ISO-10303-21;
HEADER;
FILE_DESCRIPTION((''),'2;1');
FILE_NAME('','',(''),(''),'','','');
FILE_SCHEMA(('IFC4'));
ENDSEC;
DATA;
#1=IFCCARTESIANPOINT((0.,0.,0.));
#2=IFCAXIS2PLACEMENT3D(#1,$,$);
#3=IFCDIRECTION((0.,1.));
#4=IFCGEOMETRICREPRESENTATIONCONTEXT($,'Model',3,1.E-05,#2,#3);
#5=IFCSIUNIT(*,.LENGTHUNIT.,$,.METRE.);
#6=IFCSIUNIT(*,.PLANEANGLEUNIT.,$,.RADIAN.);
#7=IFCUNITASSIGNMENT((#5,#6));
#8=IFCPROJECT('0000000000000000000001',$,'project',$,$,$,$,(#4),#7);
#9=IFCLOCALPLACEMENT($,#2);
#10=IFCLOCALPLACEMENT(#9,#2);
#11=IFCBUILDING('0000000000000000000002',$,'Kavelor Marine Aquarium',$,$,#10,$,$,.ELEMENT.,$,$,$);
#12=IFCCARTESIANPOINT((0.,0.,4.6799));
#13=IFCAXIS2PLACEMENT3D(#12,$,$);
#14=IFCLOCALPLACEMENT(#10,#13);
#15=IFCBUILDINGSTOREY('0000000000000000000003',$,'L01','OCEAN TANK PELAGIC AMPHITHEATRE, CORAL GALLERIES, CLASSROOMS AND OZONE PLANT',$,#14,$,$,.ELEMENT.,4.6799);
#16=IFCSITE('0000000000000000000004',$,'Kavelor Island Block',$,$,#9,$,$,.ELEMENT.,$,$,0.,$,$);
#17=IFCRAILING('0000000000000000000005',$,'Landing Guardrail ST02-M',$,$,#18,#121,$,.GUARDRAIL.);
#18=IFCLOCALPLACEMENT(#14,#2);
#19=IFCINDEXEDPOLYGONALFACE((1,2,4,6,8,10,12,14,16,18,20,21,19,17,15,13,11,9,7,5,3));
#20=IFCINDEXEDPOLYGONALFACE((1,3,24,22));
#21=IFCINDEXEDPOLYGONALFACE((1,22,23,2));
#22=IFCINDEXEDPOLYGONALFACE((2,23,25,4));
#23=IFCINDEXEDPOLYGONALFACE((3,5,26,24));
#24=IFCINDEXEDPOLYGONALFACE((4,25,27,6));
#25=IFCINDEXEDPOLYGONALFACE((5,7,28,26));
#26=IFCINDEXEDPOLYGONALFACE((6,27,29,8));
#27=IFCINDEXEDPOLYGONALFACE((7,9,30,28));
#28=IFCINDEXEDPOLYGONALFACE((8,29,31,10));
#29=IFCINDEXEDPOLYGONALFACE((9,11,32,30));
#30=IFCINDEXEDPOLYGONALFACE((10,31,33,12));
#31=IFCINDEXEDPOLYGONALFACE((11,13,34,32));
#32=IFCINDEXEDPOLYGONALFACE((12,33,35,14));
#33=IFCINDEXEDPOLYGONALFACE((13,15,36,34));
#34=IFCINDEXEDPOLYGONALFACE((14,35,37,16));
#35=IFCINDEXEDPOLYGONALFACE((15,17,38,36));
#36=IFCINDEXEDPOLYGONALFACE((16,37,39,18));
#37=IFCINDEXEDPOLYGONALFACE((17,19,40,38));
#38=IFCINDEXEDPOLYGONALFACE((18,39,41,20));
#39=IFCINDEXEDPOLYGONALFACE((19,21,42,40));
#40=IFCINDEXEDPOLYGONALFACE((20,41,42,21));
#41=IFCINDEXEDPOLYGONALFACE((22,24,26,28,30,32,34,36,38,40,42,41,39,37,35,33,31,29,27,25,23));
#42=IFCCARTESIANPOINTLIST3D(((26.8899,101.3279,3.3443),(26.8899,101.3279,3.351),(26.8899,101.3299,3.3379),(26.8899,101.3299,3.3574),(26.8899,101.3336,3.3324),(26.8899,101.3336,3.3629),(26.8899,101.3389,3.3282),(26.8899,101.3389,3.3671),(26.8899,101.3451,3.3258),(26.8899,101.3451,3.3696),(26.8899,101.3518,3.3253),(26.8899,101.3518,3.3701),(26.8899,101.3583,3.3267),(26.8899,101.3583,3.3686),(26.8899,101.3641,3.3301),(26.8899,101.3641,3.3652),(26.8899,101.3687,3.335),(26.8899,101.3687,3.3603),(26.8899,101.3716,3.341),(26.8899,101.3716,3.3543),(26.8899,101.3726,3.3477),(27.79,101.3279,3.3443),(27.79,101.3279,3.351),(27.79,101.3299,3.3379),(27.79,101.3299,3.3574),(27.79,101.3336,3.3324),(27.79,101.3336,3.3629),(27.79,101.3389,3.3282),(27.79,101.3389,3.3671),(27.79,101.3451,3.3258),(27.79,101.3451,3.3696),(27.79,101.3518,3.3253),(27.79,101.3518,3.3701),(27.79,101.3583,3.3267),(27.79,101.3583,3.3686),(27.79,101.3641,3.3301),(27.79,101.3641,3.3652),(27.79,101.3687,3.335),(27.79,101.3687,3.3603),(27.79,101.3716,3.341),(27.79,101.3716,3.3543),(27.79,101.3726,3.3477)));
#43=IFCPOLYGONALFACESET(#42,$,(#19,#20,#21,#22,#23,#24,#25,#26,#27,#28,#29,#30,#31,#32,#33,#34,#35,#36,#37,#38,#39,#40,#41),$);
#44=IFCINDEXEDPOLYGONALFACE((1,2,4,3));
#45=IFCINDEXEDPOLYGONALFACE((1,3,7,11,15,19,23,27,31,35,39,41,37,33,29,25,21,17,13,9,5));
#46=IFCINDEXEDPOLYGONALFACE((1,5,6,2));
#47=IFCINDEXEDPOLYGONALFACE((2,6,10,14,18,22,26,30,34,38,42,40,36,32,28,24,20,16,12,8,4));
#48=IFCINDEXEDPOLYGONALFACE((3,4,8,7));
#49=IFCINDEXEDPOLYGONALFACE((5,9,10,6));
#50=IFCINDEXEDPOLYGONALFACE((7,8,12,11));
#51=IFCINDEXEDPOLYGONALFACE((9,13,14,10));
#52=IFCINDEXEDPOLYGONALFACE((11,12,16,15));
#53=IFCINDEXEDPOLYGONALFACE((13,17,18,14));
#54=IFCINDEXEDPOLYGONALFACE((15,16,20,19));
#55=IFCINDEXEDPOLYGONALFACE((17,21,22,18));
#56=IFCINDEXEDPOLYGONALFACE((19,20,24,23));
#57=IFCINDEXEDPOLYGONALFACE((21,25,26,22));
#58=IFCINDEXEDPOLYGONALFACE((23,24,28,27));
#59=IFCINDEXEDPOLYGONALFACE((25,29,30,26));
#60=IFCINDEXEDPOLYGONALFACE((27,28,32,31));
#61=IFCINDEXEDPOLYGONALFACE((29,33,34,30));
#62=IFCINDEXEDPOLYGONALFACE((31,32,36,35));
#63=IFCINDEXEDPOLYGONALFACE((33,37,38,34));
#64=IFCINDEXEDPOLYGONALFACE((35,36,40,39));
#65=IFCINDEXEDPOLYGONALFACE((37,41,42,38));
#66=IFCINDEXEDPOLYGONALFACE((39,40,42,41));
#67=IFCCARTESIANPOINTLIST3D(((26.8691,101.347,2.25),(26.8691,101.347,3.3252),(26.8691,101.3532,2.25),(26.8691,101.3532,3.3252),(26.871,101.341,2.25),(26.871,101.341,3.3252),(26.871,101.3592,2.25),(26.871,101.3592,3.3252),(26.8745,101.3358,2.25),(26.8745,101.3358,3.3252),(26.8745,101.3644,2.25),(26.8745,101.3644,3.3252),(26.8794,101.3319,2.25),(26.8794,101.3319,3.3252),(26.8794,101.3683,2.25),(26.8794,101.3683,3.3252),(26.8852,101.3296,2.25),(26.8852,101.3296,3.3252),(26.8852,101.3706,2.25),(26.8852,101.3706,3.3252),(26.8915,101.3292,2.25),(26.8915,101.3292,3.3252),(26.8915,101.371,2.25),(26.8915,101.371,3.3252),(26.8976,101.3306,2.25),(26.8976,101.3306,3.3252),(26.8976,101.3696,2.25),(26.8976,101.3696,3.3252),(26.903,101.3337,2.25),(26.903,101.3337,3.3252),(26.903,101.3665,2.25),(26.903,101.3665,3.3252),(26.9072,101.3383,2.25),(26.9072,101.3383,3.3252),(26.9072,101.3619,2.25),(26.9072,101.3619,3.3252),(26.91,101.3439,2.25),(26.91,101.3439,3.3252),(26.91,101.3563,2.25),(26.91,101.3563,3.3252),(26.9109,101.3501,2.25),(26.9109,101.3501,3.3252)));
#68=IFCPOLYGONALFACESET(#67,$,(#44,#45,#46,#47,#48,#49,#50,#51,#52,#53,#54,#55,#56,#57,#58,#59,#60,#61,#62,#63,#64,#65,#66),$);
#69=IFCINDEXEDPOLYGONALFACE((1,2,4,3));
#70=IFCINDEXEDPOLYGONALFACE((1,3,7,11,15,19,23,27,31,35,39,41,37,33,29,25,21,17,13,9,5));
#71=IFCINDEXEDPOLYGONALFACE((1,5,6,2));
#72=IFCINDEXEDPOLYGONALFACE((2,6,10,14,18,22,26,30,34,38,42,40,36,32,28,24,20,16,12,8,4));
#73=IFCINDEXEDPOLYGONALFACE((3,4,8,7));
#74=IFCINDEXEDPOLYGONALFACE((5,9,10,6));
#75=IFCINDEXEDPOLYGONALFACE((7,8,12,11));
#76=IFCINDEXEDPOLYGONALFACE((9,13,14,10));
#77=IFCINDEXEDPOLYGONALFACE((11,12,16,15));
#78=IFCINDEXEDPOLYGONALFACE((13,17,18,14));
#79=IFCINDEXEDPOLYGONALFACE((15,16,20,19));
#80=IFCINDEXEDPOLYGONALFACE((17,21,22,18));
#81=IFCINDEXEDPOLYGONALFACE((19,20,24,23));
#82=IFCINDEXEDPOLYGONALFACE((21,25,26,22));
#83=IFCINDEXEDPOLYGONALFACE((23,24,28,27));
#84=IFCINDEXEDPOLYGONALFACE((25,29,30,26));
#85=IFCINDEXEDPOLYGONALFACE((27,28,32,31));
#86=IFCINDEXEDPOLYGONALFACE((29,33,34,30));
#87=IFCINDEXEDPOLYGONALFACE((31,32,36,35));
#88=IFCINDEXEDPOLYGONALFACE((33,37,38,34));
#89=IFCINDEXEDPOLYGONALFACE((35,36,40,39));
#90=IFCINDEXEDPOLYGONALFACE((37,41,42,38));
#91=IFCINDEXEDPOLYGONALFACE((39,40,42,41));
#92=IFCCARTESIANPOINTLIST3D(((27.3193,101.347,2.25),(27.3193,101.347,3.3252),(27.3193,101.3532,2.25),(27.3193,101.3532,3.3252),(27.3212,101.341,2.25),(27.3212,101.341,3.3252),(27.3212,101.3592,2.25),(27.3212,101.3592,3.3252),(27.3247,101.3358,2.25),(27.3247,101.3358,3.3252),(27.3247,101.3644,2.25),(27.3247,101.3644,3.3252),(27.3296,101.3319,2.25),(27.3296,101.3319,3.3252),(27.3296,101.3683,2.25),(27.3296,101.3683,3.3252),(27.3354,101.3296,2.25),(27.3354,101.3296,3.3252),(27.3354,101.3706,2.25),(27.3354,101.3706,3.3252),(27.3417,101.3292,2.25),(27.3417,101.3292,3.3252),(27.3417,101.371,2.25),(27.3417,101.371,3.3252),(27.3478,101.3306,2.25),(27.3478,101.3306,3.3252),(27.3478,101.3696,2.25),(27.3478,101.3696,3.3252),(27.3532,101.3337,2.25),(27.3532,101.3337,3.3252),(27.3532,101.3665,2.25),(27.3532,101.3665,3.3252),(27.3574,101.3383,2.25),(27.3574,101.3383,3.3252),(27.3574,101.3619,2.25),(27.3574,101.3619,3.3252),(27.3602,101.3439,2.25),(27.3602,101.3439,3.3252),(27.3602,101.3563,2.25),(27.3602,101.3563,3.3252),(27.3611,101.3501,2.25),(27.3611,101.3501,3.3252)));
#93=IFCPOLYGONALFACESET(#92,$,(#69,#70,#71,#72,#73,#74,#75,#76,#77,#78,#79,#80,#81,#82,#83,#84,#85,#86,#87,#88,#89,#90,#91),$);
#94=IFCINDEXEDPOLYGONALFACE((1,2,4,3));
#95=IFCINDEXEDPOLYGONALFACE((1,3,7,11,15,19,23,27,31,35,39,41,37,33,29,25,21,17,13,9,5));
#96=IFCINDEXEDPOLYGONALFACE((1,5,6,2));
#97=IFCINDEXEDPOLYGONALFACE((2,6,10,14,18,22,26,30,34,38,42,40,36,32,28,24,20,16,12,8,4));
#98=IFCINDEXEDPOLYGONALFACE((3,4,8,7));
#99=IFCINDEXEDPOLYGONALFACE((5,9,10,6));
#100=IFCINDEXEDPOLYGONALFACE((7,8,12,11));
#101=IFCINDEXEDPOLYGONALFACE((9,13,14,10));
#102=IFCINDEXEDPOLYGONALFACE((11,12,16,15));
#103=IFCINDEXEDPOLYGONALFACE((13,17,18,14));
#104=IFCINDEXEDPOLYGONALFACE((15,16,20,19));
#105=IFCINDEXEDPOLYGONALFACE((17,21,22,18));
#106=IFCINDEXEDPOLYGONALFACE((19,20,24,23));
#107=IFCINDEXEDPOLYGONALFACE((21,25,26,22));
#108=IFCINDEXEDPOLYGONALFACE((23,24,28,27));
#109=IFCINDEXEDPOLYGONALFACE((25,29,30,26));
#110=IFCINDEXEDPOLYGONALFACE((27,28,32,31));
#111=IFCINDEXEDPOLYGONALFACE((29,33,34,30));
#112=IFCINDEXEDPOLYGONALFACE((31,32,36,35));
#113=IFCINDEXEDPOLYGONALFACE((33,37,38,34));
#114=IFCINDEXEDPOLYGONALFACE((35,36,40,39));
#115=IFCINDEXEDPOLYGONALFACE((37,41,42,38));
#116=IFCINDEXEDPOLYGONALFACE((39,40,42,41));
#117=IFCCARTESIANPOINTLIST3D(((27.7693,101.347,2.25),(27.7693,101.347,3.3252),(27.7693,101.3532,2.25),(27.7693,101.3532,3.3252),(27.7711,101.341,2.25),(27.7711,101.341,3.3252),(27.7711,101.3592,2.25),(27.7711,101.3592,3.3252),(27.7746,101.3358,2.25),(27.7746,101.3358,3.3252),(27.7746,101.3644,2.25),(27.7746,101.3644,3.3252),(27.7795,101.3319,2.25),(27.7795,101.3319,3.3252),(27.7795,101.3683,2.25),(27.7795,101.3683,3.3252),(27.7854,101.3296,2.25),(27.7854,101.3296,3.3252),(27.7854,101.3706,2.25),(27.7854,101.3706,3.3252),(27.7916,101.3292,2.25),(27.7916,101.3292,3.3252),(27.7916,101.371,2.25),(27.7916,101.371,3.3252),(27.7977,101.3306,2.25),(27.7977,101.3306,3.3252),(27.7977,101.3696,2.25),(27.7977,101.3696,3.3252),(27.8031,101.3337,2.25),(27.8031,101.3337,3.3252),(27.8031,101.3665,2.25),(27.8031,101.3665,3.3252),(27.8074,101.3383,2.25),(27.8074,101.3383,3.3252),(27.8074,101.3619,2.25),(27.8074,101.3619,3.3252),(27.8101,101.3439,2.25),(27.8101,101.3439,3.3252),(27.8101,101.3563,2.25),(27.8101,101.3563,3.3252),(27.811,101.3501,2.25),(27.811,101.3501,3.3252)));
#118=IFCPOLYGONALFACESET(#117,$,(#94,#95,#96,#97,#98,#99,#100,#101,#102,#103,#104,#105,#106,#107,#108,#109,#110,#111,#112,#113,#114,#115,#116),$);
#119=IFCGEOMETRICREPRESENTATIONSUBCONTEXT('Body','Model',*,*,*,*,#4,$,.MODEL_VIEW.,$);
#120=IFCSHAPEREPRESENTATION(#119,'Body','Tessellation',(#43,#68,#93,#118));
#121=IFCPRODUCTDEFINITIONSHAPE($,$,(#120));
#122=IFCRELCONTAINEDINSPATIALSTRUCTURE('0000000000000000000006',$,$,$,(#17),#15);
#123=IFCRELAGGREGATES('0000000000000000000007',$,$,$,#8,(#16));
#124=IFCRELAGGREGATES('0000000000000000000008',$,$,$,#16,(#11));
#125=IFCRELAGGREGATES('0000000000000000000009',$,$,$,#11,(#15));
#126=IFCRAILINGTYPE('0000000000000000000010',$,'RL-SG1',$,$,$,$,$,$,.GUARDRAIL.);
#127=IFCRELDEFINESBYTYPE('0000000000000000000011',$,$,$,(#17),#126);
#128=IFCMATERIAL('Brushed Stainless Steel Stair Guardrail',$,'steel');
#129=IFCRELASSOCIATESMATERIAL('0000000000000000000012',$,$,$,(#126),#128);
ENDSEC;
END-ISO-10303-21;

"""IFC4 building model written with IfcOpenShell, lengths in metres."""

from ifc_helpers import new_model, si_unit, direction, frame, origin, origin_2d, place, context, subcontext, project, spatial, circle, extrude, material, type_object, element, save


model = new_model("IFC4")

# Units and contexts
model_context = context("Model", 3, precision=1e-05, world=origin(), true_north=direction((0.0, 1.0)))
body_context = subcontext(model_context, "Body", "Model", "MODEL_VIEW")
ifc_project = project(units=[si_unit("LENGTHUNIT", "METRE"), si_unit("PLANEANGLEUNIT", "RADIAN")], contexts=[model_context])

# Site, building, storey
site_placement = place(None, origin())
site = spatial("IfcSite", under=ifc_project, at=site_placement, Name="Kavelor Island Block", CompositionType="ELEMENT", RefElevation=0.0)
building_placement = place(site_placement, origin())
building = spatial("IfcBuilding", under=site, at=building_placement, Name="Kavelor Marine Aquarium", CompositionType="ELEMENT")
storey_placement = place(building_placement, frame((0.0, 0.0, 4.6799)))
storey = spatial("IfcBuildingStorey", under=building, at=storey_placement, Name="L01", Description="OCEAN TANK PELAGIC AMPHITHEATRE, CORAL GALLERIES, CLASSROOMS AND OZONE PLANT", CompositionType="ELEMENT", Elevation=4.6799)

# Railing
ifc_material_1 = material(Name="Brushed Stainless Steel Stair Guardrail", Category="steel")
railing_type_1 = type_object("IfcRailingType", Name="RL-SG1", PredefinedType="GUARDRAIL", material=ifc_material_1)
railing_1_placement = place(storey_placement, frame((26.8899, 101.3501, 2.25)))
element("IfcRailing", 1, at=railing_1_placement, inside=storey, type_object=railing_type_1, Name="Landing Guardrail ST02-M", PredefinedType="GUARDRAIL", context=body_context, shape_type="SweptSolid", body=[
    extrude(circle(Radius=0.0225, at=origin_2d()), frame((0.0, 0.0, 1.0977), z_axis=(1.0, 0.0, 0.0), x_axis=(0.0, 1.0, 0.0)), (0.0, 0.0, 1.0), 0.9001),
    extrude(circle(Radius=0.021, at=origin_2d()), origin(), (0.0, 0.0, 1.0), 1.0752),
    extrude(circle(Radius=0.021, at=origin_2d()), frame((0.4502, 0.0, 0.0)), (0.0, 0.0, 1.0), 1.0752),
    extrude(circle(Radius=0.021, at=origin_2d()), frame((0.9001, 0.0, 0.0)), (0.0, 0.0, 1.0), 1.0752),
])

save(model, "model.ifc")
